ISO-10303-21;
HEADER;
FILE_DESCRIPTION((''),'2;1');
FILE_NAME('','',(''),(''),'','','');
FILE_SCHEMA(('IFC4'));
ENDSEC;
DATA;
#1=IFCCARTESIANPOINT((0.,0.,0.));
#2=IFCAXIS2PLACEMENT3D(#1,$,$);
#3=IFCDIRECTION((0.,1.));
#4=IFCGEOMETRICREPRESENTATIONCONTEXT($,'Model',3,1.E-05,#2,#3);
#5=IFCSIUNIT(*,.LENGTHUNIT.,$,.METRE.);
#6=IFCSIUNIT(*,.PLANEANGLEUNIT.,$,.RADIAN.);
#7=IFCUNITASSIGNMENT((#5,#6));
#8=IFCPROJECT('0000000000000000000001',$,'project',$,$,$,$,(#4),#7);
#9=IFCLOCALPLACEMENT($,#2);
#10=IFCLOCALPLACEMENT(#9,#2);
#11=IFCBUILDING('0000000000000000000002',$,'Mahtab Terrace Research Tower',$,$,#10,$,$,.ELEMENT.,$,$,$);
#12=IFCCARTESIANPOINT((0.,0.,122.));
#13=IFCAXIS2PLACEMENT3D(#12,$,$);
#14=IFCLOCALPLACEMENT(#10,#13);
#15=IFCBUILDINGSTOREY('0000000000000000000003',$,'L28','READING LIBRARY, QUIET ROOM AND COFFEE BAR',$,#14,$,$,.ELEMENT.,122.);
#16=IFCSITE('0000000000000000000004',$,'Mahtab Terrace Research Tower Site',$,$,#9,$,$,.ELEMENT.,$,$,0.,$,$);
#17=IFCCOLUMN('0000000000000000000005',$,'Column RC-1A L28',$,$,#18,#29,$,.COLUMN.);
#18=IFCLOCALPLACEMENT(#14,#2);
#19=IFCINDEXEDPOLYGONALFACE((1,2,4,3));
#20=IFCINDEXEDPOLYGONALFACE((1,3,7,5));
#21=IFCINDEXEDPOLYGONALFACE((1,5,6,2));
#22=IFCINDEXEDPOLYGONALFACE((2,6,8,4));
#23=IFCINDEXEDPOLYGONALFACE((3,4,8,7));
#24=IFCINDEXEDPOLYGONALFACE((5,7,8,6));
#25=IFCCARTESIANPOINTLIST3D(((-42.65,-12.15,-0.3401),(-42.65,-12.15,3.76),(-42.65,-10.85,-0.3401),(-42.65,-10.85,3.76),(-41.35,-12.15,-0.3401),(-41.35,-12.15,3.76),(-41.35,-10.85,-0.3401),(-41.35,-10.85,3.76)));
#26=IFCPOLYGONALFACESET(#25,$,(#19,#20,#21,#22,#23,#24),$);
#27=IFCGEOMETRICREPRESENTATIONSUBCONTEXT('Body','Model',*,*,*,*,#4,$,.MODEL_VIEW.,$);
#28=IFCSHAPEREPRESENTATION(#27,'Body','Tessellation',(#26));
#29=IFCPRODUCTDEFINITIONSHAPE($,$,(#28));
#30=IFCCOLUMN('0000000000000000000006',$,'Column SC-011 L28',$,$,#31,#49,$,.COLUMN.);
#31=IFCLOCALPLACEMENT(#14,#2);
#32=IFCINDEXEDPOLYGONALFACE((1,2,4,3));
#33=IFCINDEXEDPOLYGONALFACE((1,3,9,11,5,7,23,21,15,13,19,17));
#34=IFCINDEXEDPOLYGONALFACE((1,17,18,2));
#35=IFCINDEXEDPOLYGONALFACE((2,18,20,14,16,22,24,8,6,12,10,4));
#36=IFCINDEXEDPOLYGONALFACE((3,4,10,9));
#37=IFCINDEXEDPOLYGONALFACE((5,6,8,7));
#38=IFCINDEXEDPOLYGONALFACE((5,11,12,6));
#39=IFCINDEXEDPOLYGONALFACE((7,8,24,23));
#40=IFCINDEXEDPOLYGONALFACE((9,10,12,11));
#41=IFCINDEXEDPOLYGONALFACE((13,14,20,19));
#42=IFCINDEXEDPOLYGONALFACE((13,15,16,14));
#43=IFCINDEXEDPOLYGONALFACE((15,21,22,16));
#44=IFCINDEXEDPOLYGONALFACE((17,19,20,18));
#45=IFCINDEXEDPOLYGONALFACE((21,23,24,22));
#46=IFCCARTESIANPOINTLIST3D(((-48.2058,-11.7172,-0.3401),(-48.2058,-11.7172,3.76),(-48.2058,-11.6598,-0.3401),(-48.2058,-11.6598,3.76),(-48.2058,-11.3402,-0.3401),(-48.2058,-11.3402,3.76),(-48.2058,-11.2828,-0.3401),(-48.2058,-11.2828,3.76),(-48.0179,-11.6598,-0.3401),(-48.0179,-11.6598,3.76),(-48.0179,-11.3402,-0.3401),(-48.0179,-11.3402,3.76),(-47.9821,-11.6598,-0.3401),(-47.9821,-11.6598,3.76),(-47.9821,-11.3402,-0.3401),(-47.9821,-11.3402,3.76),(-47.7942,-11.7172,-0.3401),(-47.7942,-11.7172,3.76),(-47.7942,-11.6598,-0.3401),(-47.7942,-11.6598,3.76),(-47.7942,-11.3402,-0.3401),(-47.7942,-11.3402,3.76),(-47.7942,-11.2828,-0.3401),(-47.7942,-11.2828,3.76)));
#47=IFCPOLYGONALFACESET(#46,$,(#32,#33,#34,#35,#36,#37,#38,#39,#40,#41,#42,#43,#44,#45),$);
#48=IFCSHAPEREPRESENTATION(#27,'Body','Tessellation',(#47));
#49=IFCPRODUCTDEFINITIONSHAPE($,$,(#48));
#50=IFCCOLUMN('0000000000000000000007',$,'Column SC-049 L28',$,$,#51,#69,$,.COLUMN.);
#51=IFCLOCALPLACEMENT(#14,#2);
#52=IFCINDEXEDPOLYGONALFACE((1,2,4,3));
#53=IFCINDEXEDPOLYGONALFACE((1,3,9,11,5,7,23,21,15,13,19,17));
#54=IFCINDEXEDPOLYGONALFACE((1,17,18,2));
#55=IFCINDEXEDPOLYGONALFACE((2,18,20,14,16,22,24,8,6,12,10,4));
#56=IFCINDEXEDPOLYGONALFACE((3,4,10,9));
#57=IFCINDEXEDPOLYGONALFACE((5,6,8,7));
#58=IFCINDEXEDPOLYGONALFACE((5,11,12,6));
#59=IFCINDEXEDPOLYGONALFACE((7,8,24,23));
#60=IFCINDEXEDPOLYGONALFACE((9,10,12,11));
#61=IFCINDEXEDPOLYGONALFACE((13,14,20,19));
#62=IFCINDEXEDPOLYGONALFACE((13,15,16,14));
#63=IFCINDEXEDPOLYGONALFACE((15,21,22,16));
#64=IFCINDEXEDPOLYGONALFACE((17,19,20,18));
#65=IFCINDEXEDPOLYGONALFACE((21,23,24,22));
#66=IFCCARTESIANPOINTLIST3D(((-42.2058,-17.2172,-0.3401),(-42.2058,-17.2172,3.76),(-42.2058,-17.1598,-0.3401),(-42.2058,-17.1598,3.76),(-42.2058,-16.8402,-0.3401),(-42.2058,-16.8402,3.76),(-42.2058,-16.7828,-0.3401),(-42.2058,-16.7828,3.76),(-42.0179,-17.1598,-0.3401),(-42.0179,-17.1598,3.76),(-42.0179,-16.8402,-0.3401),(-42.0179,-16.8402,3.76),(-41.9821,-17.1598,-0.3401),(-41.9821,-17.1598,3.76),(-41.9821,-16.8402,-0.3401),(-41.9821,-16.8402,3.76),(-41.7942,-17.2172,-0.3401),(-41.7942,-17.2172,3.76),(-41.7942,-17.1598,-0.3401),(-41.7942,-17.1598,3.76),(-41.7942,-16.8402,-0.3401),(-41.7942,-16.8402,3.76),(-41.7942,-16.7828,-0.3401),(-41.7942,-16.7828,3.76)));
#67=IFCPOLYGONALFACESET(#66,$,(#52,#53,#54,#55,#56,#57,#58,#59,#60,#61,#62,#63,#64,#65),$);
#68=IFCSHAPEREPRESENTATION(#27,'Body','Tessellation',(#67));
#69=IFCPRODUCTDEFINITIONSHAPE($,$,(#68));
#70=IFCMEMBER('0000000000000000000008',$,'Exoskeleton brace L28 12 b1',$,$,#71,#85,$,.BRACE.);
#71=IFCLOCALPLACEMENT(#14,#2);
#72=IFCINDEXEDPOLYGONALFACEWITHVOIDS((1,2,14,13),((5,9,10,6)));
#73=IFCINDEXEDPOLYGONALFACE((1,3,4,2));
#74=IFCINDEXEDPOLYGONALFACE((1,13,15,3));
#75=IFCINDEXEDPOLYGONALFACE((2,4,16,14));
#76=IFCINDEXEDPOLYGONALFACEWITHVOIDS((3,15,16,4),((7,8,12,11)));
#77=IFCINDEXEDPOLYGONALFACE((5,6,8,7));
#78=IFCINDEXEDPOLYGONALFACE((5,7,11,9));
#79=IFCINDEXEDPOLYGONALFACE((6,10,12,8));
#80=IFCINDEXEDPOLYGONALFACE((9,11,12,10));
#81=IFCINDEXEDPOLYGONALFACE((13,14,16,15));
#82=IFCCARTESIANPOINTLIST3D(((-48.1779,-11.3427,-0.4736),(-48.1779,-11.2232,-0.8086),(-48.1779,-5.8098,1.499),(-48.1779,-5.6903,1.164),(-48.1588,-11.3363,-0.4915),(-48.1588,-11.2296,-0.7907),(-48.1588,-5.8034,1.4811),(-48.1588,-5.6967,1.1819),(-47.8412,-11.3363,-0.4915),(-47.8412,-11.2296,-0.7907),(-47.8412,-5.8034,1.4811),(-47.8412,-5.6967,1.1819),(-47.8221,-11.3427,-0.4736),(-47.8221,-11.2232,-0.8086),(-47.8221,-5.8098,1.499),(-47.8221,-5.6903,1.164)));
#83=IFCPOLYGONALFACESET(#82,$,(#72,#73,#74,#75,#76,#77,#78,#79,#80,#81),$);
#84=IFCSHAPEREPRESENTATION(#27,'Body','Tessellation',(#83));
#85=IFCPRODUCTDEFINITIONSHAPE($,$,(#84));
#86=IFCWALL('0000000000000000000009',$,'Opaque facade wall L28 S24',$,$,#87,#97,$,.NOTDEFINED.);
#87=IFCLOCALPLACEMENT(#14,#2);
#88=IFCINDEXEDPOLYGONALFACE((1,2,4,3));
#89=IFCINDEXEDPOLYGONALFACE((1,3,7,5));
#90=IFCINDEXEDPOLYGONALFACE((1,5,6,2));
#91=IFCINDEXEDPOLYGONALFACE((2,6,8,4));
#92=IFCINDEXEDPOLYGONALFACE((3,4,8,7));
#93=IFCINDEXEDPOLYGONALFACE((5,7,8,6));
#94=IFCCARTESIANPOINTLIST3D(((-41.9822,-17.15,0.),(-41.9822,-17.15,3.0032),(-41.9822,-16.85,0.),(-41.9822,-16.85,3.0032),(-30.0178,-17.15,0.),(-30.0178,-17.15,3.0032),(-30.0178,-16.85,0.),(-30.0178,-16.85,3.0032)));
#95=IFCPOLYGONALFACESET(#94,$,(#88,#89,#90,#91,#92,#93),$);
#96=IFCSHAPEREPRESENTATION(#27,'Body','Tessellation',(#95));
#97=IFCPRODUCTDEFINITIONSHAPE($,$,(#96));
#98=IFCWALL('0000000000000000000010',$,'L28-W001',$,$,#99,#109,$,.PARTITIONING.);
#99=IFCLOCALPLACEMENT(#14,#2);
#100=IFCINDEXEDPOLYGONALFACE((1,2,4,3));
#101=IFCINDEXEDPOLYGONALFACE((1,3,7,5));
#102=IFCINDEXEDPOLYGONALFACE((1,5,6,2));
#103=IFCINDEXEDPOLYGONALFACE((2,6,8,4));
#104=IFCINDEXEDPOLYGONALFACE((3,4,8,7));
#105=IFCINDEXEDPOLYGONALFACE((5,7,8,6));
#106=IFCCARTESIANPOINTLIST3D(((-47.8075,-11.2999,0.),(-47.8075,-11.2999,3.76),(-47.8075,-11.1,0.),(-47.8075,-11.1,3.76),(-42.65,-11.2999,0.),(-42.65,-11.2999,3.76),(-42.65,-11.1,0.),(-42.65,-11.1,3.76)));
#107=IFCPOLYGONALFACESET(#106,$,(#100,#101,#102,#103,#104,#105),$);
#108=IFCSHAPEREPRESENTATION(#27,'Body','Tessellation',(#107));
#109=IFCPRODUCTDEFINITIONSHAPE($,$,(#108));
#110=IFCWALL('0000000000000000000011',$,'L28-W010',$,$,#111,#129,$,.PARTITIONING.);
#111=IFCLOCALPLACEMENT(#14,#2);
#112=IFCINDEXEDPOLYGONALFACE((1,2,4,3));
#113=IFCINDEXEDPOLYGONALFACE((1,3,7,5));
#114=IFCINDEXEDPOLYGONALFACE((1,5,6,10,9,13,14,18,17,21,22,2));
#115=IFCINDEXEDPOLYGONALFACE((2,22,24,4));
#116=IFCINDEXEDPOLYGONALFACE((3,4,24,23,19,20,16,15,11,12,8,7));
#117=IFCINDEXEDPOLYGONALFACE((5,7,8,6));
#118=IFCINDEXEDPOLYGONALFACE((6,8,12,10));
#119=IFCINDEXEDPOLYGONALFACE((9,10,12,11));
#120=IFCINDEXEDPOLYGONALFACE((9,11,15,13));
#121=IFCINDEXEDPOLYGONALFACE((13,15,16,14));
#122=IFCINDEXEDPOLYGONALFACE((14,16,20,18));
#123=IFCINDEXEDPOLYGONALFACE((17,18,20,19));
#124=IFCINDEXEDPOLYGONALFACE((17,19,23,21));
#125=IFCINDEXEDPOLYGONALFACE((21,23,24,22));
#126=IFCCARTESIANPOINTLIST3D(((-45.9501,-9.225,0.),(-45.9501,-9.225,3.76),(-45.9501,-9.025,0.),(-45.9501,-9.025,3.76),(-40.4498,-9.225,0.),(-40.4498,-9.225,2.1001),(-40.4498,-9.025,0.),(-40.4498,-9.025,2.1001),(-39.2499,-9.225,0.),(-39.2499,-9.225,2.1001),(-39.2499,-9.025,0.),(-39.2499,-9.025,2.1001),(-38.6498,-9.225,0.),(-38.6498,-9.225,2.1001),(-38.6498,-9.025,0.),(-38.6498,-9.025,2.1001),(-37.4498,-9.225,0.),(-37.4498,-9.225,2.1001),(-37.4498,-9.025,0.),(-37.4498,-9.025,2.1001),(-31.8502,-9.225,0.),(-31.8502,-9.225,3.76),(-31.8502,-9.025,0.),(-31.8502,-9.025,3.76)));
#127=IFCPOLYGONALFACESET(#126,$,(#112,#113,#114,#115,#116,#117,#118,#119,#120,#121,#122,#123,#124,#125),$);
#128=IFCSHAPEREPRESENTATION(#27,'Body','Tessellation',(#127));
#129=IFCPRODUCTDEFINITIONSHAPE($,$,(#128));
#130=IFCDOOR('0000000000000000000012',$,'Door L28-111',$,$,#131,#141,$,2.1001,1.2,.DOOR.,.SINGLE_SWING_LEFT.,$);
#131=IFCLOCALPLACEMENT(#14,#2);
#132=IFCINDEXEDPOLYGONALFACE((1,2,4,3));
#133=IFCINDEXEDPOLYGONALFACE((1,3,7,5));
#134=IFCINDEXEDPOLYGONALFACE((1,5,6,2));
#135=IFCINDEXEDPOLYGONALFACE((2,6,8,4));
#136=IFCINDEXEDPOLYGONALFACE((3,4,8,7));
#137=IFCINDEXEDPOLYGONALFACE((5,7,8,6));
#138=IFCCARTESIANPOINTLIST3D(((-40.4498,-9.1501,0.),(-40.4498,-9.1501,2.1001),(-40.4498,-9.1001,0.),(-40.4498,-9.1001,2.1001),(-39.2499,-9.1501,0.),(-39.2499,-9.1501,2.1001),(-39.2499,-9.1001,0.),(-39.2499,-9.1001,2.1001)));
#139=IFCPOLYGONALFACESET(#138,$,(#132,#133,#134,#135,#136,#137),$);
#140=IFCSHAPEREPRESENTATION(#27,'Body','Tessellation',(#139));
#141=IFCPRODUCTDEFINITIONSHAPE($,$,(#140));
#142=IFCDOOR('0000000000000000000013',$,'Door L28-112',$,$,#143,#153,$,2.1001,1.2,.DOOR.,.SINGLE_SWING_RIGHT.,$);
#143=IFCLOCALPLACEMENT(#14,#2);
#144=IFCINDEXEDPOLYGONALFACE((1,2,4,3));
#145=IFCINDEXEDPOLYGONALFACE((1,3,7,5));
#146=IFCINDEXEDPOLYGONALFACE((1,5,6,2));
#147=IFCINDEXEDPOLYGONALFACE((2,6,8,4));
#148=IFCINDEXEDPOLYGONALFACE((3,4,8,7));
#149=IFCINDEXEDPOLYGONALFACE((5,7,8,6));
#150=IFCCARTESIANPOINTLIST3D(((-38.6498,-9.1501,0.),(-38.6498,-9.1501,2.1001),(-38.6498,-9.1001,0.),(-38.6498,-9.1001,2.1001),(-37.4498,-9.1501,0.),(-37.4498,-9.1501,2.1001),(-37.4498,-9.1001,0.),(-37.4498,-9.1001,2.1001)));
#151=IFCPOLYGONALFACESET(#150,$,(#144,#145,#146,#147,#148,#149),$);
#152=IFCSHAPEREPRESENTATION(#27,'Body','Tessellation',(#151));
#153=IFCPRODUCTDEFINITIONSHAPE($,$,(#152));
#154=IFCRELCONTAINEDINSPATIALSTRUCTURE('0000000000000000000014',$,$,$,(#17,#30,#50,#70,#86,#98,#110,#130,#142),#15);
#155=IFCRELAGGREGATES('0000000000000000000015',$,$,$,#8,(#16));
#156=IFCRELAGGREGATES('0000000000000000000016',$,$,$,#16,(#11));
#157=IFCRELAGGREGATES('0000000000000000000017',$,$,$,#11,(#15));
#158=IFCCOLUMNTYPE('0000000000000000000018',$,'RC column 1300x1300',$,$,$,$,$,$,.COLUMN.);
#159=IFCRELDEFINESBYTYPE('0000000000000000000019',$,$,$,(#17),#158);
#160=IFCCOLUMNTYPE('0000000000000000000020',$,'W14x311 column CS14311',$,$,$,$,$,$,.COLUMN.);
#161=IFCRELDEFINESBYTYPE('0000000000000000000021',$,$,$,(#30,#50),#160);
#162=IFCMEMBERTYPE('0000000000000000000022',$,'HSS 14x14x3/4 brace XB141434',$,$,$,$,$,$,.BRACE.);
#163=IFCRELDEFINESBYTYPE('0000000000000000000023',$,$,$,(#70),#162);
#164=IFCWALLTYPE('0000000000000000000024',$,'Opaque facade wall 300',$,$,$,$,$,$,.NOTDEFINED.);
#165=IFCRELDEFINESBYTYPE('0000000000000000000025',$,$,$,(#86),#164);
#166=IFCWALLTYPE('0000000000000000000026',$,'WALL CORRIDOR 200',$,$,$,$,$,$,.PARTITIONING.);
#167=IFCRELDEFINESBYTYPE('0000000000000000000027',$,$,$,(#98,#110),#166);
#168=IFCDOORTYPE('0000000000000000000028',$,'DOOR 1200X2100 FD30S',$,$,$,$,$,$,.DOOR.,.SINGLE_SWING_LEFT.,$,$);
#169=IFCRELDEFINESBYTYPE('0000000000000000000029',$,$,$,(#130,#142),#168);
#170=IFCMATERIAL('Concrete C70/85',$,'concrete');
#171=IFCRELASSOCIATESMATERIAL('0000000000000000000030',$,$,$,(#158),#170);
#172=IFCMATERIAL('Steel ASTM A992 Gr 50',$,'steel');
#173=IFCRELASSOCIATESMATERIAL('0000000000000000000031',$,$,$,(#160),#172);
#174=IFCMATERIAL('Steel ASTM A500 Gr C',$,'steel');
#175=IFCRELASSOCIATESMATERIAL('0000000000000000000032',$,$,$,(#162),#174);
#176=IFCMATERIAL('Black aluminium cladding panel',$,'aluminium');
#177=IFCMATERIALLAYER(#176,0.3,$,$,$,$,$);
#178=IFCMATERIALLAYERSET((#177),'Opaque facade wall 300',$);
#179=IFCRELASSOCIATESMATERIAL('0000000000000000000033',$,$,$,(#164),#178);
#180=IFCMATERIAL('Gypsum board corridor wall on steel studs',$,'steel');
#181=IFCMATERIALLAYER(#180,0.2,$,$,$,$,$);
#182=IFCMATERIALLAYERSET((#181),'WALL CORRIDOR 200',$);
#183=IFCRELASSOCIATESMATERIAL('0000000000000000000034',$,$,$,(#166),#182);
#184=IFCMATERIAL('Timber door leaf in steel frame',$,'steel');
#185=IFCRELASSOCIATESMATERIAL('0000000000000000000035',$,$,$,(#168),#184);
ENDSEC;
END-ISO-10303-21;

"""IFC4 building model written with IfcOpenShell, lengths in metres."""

from ifc_helpers import new_model, si_unit, direction, frame, frame_2d, origin, origin_2d, place, context, subcontext, project, spatial, rectangle, hollow_rectangle, i_section, extrude, material, layer, layer_set, material_profile, profile_set, type_object, element, fill, save


model = new_model("IFC4")

# Units and contexts
model_context = context("Model", 3, precision=1e-05, world=origin(), true_north=direction((0.0, 1.0)))
body_context = subcontext(model_context, "Body", "Model", "MODEL_VIEW")
ifc_project = project(units=[si_unit("LENGTHUNIT", "METRE"), si_unit("PLANEANGLEUNIT", "RADIAN")], contexts=[model_context])

# Site, building, storey
site_placement = place(None, origin())
site = spatial("IfcSite", under=ifc_project, at=site_placement, Name="Mahtab Terrace Research Tower Site", CompositionType="ELEMENT", RefElevation=0.0)
building_placement = place(site_placement, origin())
building = spatial("IfcBuilding", under=site, at=building_placement, Name="Mahtab Terrace Research Tower", CompositionType="ELEMENT")
storey_placement = place(building_placement, frame((0.0, 0.0, 122.0)))
storey = spatial("IfcBuildingStorey", under=building, at=storey_placement, Name="L28", Description="READING LIBRARY, QUIET ROOM AND COFFEE BAR", CompositionType="ELEMENT", Elevation=122.0)

# Columns
ifc_material_1 = material(Name="Concrete C70/85", Category="concrete")
ifc_material_profile_1 = material_profile(ifc_material_1, rectangle(XDim=1.3, YDim=1.3, at=origin_2d()), Name="RC column 1300x1300")
ifc_profile_set_1 = profile_set([ifc_material_profile_1], Name="Concrete C70/85")
column_type_1 = type_object("IfcColumnType", Name="RC column 1300x1300", PredefinedType="COLUMN", material=ifc_profile_set_1)
column_placement = place(storey_placement, frame((-42.0, -11.5, -0.3401), z_axis=(0.0, 0.0, 1.0), x_axis=(1.0, 0.0, 0.0)))
element("IfcColumn", 1, at=column_placement, inside=storey, type_object=column_type_1, Name="Column RC-1A L28", PredefinedType="COLUMN", context=body_context, shape_type="SweptSolid", body=[
    extrude(rectangle(XDim=1.3, YDim=1.3, at=origin_2d()), origin(), (0.0, 0.0, 1.0), 4.1001),
])
ifc_material_2 = material(Name="Steel ASTM A992 Gr 50", Category="steel")
ifc_material_profile_2 = material_profile(ifc_material_2, i_section(OverallWidth=0.4116, OverallDepth=0.4343, WebThickness=0.0359, FlangeThickness=0.0574, at=origin_2d()), Name="W14X311")
ifc_profile_set_2 = profile_set([ifc_material_profile_2], Name="Steel ASTM A992 Gr 50")
column_type_2 = type_object("IfcColumnType", Name="W14x311 column CS14311", PredefinedType="COLUMN", material=ifc_profile_set_2)
for number, where, z_axis, x_axis, name in (
    (2, (-48.0, -11.5, -0.3401), (0.0, 0.0, 1.0), (1.0, 0.0, 0.0), "Column SC-011 L28"),
    (3, (-42.0, -17.0, -0.3401), (0.0, 0.0, 1.0), (1.0, 0.0, 0.0), "Column SC-049 L28"),
):
    element("IfcColumn", number, at=place(storey_placement, frame(where, z_axis=z_axis, x_axis=x_axis)), inside=storey, type_object=column_type_2, Name=name, PredefinedType="COLUMN", context=body_context, shape_type="SweptSolid", body=[
        extrude(i_section(OverallWidth=0.4116, OverallDepth=0.4343, WebThickness=0.0359, FlangeThickness=0.0574, at=origin_2d()), origin(), (0.0, 0.0, 1.0), 4.1001),
    ])

# Member
ifc_material_3 = material(Name="Steel ASTM A500 Gr C", Category="steel")
ifc_material_profile_3 = material_profile(ifc_material_3, hollow_rectangle(XDim=0.3557, YDim=0.3557, WallThickness=0.019, at=origin_2d()), Name="HSS14X14X3/4")
ifc_profile_set_3 = profile_set([ifc_material_profile_3], Name="Steel ASTM A500 Gr C")
member_type = type_object("IfcMemberType", Name="HSS 14x14x3/4 brace XB141434", PredefinedType="BRACE", material=ifc_profile_set_3)
member_placement = place(storey_placement, frame((-48.0, -11.283, -0.6411), z_axis=(0.0, 0.941925, 0.335823), x_axis=(-1.0, 0.0, 0.0)))
element("IfcMember", 4, at=member_placement, inside=storey, type_object=member_type, Name="Exoskeleton brace L28 12 b1", PredefinedType="BRACE", context=body_context, shape_type="SweptSolid", body=[
    extrude(hollow_rectangle(XDim=0.3557, YDim=0.3557, WallThickness=0.019, at=origin_2d()), origin(), (0.0, 0.0, 1.0), 5.874),
])

# Walls
ifc_material_4 = material(Name="Black aluminium cladding panel", Category="aluminium")
ifc_layer_1 = layer(ifc_material_4, 0.3)
ifc_layer_set_1 = layer_set([ifc_layer_1], Name="Opaque facade wall 300")
wall_type_1 = type_object("IfcWallType", Name="Opaque facade wall 300", PredefinedType="NOTDEFINED", material=ifc_layer_set_1)
wall_1_placement = place(storey_placement, frame((-41.9822, -17.0, 0.0), z_axis=(0.0, 0.0, 1.0), x_axis=(1.0, 0.0, 0.0)))
element("IfcWall", 5, at=wall_1_placement, inside=storey, type_object=wall_type_1, Name="Opaque facade wall L28 S24", PredefinedType="NOTDEFINED", context=body_context, shape_type="SweptSolid", body=[
    extrude(rectangle(XDim=11.9644, YDim=0.3, at=frame_2d((5.9822, 0.0))), origin(), (0.0, 0.0, 1.0), 3.0032),
])
ifc_material_5 = material(Name="Gypsum board corridor wall on steel studs", Category="steel")
ifc_layer_2 = layer(ifc_material_5, 0.2)
ifc_layer_set_2 = layer_set([ifc_layer_2], Name="WALL CORRIDOR 200")
wall_type_2 = type_object("IfcWallType", Name="WALL CORRIDOR 200", PredefinedType="PARTITIONING", material=ifc_layer_set_2)
wall_2_placement = place(storey_placement, frame((-47.8074, -11.2, 0.0), z_axis=(0.0, 0.0, 1.0), x_axis=(1.0, 0.0, 0.0)))
element("IfcWall", 6, at=wall_2_placement, inside=storey, type_object=wall_type_2, Name="L28-W001", PredefinedType="PARTITIONING", context=body_context, shape_type="SweptSolid", body=[
    extrude(rectangle(XDim=5.1575, YDim=0.2, at=frame_2d((2.5786, 0.0))), origin(), (0.0, 0.0, 1.0), 3.76),
])

# Wall, openings, doors
wall_3_placement = place(storey_placement, frame((-45.95, -9.125, 0.0), z_axis=(0.0, 0.0, 1.0), x_axis=(1.0, 0.0, 0.0)))
wall_3 = element("IfcWall", 7, at=wall_3_placement, inside=storey, type_object=wall_type_2, Name="L28-W010", PredefinedType="PARTITIONING", context=body_context, shape_type="SweptSolid", body=[
    extrude(rectangle(XDim=14.0999, YDim=0.2, at=frame_2d((7.0498, 0.0))), origin(), (0.0, 0.0, 1.0), 3.76),
])
opening_1_placement = place(wall_3_placement, frame((5.5, 0.0, 0.0)))
opening_1 = element("IfcOpeningElement", 8, at=opening_1_placement, cuts=wall_3, PredefinedType="OPENING", context=body_context, shape_type="SweptSolid", body=[
    extrude(rectangle(XDim=1.2, YDim=2.1001, at=frame_2d((0.6001, 1.05))), frame((0.0, 0.1099, 0.0), z_axis=(0.0, -1.0, 0.0), x_axis=(1.0, 0.0, 0.0)), (0.0, 0.0, 1.0), 0.22),
])
opening_2_placement = place(wall_3_placement, frame((7.3, 0.0, 0.0)))
opening_2 = element("IfcOpeningElement", 9, at=opening_2_placement, cuts=wall_3, PredefinedType="OPENING", context=body_context, shape_type="SweptSolid", body=[
    extrude(rectangle(XDim=1.2, YDim=2.1001, at=frame_2d((0.6001, 1.05))), frame((0.0, 0.1099, 0.0), z_axis=(0.0, -1.0, 0.0), x_axis=(1.0, 0.0, 0.0)), (0.0, 0.0, 1.0), 0.22),
])
ifc_material_6 = material(Name="Timber door leaf in steel frame", Category="steel")
door_type = type_object("IfcDoorType", Name="DOOR 1200X2100 FD30S", OperationType="SINGLE_SWING_LEFT", PredefinedType="DOOR", material=ifc_material_6)
door_1_placement = place(opening_1_placement, origin())
door_1 = element("IfcDoor", 10, at=door_1_placement, inside=storey, type_object=door_type, Name="Door L28-111", OperationType="SINGLE_SWING_LEFT", OverallHeight=2.1001, OverallWidth=1.2, PredefinedType="DOOR", context=body_context, shape_type="SweptSolid", body=[
    extrude(rectangle(XDim=1.2, YDim=2.1001, at=frame_2d((0.6001, 1.05))), frame((0.0, 0.0249, 0.0), z_axis=(0.0, -1.0, 0.0), x_axis=(1.0, 0.0, 0.0)), (0.0, 0.0, 1.0), 0.05),
])
fill(opening_1, door_1)
door_2_placement = place(opening_2_placement, origin())
door_2 = element("IfcDoor", 11, at=door_2_placement, inside=storey, type_object=door_type, Name="Door L28-112", OperationType="SINGLE_SWING_RIGHT", OverallHeight=2.1001, OverallWidth=1.2, PredefinedType="DOOR", context=body_context, shape_type="SweptSolid", body=[
    extrude(rectangle(XDim=1.2, YDim=2.1001, at=frame_2d((0.6001, 1.05))), frame((0.0, 0.0249, 0.0), z_axis=(0.0, -1.0, 0.0), x_axis=(1.0, 0.0, 0.0)), (0.0, 0.0, 1.0), 0.05),
])
fill(opening_2, door_2)

save(model, "model.ifc")
